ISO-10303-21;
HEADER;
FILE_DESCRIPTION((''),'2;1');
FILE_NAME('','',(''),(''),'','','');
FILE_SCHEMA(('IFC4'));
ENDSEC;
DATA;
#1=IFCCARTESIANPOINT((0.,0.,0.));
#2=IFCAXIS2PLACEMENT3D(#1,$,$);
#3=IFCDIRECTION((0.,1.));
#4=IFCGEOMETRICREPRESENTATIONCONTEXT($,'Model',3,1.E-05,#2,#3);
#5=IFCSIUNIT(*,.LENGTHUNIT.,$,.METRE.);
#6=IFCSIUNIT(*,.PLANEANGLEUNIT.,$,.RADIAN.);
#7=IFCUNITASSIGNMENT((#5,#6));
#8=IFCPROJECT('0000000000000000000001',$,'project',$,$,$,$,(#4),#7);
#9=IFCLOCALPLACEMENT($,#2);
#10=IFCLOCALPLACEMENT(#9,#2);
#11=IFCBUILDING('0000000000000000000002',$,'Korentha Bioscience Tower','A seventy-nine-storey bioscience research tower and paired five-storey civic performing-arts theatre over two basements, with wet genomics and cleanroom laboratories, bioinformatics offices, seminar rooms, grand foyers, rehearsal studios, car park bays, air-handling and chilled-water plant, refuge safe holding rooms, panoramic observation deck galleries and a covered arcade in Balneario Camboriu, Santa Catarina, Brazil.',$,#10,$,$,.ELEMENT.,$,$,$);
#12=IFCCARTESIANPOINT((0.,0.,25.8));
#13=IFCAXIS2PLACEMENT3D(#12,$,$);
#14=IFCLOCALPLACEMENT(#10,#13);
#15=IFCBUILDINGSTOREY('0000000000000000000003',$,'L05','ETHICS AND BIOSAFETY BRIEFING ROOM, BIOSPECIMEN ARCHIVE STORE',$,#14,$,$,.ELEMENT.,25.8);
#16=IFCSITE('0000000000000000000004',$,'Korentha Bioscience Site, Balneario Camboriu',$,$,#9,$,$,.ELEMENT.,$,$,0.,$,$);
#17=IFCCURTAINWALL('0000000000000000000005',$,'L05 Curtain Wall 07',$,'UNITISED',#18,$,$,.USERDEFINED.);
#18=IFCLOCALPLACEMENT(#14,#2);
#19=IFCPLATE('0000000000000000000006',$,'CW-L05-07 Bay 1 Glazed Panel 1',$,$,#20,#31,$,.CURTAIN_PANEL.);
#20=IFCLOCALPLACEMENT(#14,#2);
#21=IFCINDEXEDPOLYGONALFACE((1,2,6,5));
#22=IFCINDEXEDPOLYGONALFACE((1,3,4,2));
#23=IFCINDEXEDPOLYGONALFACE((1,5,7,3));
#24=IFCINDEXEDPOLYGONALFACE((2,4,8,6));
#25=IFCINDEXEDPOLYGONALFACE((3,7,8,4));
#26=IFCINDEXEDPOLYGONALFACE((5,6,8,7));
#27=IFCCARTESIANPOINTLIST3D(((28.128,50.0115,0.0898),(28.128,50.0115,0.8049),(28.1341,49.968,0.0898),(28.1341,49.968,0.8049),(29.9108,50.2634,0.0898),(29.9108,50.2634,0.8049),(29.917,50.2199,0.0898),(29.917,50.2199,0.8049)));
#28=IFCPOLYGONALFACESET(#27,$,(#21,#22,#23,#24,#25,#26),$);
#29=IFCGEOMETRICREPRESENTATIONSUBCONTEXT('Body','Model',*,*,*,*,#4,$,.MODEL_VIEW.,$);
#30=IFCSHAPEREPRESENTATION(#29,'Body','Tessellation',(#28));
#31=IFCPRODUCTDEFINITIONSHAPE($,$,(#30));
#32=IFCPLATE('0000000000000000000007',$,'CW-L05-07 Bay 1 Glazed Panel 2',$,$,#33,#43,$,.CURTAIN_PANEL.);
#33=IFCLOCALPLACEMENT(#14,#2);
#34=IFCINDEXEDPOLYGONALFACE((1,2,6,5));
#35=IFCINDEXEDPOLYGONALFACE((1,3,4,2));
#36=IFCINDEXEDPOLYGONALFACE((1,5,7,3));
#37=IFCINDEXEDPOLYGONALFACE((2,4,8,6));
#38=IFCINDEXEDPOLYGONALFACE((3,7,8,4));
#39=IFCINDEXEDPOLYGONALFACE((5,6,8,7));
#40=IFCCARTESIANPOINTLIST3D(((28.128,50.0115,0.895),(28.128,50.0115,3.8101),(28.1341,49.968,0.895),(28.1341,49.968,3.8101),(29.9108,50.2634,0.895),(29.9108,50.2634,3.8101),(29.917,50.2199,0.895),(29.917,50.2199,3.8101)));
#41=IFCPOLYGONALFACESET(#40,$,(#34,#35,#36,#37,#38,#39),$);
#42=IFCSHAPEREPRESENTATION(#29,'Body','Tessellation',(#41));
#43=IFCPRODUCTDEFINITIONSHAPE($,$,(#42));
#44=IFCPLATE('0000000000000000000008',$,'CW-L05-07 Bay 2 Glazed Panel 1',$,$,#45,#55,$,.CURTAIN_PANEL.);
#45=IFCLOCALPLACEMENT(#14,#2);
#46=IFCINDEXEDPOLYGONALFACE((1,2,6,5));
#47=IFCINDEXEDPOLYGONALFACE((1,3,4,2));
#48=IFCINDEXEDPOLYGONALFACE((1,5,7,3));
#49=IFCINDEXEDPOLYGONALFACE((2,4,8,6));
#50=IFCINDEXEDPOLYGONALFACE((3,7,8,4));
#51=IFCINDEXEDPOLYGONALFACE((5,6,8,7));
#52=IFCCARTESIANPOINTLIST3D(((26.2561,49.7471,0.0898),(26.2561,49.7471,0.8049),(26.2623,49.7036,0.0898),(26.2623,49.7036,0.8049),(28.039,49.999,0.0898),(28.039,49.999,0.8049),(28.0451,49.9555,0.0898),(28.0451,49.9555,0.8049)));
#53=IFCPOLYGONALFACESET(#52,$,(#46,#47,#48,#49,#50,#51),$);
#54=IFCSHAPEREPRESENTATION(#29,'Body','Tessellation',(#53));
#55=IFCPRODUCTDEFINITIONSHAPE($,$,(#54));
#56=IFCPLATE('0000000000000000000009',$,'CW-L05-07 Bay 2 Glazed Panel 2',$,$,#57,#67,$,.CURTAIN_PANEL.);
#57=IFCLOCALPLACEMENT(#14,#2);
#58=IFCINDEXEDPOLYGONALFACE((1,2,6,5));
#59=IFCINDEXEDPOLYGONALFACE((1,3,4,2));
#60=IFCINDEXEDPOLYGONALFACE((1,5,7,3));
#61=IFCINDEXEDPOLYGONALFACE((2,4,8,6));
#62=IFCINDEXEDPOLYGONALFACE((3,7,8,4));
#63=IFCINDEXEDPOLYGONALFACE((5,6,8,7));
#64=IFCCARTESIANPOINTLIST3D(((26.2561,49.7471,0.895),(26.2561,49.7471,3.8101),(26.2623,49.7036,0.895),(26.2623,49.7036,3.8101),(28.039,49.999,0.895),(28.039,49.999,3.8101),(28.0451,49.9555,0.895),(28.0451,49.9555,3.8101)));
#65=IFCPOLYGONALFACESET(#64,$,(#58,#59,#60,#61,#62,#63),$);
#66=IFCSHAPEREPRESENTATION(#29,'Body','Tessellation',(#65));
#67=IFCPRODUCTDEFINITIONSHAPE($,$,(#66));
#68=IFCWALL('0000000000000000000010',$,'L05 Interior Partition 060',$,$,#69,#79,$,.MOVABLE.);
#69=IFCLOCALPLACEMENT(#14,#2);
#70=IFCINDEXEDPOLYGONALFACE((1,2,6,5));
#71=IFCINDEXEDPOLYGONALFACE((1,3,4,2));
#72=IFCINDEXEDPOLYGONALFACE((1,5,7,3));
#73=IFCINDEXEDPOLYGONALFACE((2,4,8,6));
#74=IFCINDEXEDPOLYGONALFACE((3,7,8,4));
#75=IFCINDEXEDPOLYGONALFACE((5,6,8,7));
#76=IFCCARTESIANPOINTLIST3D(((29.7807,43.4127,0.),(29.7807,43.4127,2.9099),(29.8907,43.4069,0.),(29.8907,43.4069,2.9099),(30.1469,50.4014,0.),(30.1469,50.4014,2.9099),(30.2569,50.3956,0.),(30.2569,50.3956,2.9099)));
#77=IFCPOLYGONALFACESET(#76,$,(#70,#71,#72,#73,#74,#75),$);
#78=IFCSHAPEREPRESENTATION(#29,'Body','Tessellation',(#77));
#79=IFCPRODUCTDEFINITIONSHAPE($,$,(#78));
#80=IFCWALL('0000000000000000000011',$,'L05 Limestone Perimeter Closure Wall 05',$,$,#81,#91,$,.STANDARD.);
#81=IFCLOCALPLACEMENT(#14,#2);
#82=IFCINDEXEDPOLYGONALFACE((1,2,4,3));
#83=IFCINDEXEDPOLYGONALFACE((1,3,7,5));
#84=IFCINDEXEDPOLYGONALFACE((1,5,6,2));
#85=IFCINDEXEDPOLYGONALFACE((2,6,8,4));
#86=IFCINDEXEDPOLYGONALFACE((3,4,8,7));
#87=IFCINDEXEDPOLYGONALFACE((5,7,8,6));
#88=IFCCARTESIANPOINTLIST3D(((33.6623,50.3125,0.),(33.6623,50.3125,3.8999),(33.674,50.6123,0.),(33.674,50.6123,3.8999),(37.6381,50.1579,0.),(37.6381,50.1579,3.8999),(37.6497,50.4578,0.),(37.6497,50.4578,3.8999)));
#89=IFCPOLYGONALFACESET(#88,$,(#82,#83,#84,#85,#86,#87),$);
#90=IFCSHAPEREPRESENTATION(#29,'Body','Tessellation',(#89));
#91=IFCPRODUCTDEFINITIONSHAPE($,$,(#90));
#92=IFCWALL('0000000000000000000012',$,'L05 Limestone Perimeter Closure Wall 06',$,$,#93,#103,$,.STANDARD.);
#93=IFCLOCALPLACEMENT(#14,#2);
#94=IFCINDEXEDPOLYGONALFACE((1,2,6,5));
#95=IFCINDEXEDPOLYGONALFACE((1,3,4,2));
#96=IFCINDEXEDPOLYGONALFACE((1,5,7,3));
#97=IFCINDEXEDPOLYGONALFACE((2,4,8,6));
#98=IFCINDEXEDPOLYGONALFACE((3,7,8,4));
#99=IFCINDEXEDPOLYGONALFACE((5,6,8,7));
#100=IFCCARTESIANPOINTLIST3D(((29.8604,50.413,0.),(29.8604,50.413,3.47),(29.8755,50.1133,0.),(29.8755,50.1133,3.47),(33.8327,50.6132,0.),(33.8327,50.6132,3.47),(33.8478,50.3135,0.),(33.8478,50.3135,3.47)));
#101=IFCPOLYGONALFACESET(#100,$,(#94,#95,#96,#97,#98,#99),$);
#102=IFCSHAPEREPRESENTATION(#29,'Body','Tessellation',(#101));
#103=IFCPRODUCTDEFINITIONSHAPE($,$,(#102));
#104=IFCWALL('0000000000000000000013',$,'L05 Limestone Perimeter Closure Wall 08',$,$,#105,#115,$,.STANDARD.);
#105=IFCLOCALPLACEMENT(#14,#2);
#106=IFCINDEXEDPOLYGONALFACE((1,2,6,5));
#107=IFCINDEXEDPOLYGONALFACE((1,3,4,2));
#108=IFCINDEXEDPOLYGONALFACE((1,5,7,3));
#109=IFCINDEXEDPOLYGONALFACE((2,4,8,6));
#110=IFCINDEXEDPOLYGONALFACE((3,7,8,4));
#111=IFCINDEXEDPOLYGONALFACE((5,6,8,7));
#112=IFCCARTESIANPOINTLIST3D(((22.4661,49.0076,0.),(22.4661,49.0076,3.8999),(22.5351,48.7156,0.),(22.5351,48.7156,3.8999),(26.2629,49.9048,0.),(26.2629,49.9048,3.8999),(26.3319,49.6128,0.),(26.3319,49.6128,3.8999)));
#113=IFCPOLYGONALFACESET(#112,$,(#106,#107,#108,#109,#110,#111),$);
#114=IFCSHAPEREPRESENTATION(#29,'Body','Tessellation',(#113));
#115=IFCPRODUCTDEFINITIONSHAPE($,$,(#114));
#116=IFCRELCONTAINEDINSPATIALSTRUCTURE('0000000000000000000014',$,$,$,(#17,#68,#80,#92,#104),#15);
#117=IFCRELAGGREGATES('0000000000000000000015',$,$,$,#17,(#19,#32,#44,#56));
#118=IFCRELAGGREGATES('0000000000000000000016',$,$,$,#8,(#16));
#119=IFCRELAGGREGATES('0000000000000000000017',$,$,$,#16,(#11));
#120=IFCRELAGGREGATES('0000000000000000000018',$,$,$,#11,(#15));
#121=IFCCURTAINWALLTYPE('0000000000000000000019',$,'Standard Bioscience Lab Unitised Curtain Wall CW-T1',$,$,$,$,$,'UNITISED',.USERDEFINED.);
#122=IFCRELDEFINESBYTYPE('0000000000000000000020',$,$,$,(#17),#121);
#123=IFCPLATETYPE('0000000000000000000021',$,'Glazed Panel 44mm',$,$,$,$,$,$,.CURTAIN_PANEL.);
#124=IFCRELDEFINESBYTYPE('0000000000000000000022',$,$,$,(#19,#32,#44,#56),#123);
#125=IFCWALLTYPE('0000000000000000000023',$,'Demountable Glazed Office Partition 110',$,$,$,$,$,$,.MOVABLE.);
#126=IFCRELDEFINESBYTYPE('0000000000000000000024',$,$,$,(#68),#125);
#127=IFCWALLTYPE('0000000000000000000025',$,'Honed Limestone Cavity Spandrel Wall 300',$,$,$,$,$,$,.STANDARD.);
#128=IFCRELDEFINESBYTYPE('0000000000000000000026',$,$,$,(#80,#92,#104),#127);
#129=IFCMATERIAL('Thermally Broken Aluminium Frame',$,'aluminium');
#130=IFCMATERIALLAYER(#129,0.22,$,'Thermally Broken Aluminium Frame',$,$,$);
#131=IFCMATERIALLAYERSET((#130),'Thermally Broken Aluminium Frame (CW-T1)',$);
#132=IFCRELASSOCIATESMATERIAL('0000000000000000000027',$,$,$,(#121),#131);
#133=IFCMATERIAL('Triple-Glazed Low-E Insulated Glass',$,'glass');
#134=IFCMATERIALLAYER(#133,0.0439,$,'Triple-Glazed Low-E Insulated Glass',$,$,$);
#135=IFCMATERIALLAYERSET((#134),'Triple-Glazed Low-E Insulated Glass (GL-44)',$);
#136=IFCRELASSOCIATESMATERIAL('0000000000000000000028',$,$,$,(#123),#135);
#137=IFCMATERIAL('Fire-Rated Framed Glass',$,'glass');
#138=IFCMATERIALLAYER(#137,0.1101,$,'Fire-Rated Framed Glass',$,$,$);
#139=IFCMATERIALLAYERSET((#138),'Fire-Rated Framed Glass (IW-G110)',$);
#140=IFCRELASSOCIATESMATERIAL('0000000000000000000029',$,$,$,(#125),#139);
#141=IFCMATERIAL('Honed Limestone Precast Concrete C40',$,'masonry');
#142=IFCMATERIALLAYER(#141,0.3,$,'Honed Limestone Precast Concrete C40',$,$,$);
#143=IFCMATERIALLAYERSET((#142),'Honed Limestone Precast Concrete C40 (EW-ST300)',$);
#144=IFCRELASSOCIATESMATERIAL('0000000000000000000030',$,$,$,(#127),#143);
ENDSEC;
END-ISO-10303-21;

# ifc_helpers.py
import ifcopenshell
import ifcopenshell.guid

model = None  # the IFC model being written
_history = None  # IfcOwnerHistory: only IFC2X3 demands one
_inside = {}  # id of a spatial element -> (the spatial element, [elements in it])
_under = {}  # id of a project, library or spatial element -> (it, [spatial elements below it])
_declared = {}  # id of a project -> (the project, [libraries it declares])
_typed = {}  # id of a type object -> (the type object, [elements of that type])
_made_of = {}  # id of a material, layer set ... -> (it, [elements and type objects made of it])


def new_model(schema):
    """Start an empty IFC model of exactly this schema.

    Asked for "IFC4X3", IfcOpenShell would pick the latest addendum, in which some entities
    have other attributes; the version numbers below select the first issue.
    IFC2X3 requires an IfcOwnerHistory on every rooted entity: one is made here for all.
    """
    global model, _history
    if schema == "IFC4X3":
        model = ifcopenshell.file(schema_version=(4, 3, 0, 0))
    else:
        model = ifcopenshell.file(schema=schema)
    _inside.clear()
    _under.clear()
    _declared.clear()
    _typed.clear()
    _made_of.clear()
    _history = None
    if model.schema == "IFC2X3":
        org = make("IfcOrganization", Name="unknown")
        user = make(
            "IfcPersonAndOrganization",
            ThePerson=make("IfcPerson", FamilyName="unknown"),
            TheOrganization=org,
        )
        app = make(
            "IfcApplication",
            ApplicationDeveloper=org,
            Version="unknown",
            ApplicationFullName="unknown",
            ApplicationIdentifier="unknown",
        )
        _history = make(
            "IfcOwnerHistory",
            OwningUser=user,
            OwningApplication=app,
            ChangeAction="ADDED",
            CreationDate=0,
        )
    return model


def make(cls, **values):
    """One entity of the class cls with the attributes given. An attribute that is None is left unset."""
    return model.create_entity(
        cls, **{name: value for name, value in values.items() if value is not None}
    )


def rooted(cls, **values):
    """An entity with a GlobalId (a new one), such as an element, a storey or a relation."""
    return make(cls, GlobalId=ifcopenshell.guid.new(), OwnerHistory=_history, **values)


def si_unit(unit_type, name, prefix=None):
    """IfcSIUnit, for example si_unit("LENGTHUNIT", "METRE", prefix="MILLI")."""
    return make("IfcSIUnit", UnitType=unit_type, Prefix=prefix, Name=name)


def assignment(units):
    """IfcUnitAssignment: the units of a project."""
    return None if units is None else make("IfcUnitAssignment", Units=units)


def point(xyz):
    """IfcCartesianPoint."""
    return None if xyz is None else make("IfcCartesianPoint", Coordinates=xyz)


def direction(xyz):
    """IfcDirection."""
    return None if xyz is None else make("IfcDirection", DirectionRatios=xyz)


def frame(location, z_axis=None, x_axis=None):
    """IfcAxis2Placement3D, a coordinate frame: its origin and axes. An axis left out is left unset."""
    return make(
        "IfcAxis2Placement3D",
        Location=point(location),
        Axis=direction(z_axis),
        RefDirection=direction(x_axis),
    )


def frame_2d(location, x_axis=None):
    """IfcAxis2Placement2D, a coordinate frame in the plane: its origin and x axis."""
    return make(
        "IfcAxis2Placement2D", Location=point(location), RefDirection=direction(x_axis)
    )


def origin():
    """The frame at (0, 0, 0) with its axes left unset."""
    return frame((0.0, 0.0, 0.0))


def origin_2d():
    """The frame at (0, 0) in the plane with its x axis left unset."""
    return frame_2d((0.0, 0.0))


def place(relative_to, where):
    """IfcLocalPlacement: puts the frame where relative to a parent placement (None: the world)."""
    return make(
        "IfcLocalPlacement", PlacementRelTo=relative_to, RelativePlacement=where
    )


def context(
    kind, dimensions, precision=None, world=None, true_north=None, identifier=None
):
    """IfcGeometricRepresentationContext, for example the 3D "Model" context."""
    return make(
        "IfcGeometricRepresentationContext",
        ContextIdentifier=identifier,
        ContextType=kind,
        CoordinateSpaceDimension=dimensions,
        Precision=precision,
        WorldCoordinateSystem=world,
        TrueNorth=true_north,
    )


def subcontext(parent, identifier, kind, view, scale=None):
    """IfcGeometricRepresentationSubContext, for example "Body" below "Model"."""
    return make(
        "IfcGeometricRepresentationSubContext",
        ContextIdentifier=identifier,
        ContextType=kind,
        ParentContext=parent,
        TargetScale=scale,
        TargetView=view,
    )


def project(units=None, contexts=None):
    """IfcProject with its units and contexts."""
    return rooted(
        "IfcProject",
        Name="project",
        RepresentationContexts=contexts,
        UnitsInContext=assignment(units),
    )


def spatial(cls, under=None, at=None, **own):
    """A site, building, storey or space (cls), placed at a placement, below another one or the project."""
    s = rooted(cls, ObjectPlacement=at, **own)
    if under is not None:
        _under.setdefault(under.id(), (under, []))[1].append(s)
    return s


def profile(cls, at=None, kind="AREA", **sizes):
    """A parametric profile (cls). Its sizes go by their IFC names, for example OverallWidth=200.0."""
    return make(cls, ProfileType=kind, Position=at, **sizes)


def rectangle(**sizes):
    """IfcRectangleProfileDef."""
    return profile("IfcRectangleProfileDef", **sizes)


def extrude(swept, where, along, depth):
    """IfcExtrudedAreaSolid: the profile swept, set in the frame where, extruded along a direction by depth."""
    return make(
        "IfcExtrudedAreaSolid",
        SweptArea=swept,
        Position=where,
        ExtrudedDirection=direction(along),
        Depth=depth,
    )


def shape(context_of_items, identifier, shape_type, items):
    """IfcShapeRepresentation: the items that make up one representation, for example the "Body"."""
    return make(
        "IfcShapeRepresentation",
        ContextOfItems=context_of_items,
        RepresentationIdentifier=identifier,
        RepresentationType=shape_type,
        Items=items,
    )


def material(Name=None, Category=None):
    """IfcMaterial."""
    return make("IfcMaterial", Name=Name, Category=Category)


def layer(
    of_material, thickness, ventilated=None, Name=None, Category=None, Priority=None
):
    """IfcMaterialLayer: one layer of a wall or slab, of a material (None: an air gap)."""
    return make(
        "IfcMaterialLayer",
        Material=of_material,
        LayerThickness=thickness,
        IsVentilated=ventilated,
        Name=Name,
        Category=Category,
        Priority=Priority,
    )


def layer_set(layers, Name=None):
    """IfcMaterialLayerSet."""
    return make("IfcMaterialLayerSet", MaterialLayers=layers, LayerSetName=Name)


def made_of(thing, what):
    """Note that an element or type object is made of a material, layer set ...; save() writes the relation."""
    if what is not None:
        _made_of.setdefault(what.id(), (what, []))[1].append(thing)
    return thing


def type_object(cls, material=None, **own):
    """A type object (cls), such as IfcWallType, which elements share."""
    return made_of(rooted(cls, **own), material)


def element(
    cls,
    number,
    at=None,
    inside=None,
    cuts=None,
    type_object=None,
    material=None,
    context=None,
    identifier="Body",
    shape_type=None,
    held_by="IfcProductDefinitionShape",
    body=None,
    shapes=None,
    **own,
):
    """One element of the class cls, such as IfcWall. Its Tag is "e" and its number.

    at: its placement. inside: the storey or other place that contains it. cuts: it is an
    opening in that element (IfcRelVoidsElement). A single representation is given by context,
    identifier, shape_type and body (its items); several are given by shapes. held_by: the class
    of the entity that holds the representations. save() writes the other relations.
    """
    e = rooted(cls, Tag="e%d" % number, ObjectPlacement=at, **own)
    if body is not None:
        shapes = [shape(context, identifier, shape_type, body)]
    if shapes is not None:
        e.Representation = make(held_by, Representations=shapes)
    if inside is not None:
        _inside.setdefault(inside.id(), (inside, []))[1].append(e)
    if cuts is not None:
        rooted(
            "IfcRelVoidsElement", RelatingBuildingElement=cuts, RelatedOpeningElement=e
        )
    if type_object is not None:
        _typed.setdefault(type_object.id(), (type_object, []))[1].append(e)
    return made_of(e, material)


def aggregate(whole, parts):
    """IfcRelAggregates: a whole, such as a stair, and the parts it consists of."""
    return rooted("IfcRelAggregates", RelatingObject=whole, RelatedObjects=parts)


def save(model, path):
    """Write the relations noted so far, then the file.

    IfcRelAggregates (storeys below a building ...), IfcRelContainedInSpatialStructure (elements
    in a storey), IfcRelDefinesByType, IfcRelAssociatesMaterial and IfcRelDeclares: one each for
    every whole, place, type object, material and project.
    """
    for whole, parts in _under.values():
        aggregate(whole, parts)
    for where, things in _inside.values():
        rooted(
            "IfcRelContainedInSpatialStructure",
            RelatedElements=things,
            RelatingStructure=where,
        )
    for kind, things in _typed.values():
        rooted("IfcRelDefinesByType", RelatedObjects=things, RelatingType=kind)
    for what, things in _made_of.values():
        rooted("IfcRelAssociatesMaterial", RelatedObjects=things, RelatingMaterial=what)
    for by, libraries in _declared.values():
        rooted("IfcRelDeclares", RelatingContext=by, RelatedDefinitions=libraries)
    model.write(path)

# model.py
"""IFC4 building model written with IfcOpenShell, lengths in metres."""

from ifc_helpers import new_model, si_unit, direction, frame, frame_2d, origin, origin_2d, place, context, subcontext, project, spatial, rectangle, extrude, material, layer, layer_set, type_object, element, aggregate, save


model = new_model("IFC4")

# Units and contexts
model_context = context("Model", 3, precision=1e-05, world=origin(), true_north=direction((0.0, 1.0)))
body_context = subcontext(model_context, "Body", "Model", "MODEL_VIEW")
ifc_project = project(units=[si_unit("LENGTHUNIT", "METRE"), si_unit("PLANEANGLEUNIT", "RADIAN")], contexts=[model_context])

# Site, building, storey
site_placement = place(None, origin())
site = spatial("IfcSite", under=ifc_project, at=site_placement, Name="Korentha Bioscience Site, Balneario Camboriu", CompositionType="ELEMENT", RefElevation=0.0)
building_placement = place(site_placement, origin())
building = spatial("IfcBuilding", under=site, at=building_placement, Name="Korentha Bioscience Tower", Description="A seventy-nine-storey bioscience research tower and paired five-storey civic performing-arts theatre over two basements, with wet genomics and cleanroom laboratories, bioinformatics offices, seminar rooms, grand foyers, rehearsal studios, car park bays, air-handling and chilled-water plant, refuge safe holding rooms, panoramic observation deck galleries and a covered arcade in Balneario Camboriu, Santa Catarina, Brazil.", CompositionType="ELEMENT")
storey_placement = place(building_placement, frame((0.0, 0.0, 25.8)))
storey = spatial("IfcBuildingStorey", under=building, at=storey_placement, Name="L05", Description="ETHICS AND BIOSAFETY BRIEFING ROOM, BIOSPECIMEN ARCHIVE STORE", CompositionType="ELEMENT", Elevation=25.8)

# Curtain wall
ifc_material_1 = material(Name="Thermally Broken Aluminium Frame", Category="aluminium")
ifc_layer_1 = layer(ifc_material_1, 0.22, Name="Thermally Broken Aluminium Frame")
ifc_layer_set_1 = layer_set([ifc_layer_1], Name="Thermally Broken Aluminium Frame (CW-T1)")
curtain_wall_type = type_object("IfcCurtainWallType", Name="Standard Bioscience Lab Unitised Curtain Wall CW-T1", ElementType="UNITISED", PredefinedType="USERDEFINED", material=ifc_layer_set_1)
curtain_wall_placement = place(storey_placement, origin())
curtain_wall = element("IfcCurtainWall", 1, at=curtain_wall_placement, inside=storey, type_object=curtain_wall_type, Name="L05 Curtain Wall 07", ObjectType="UNITISED", PredefinedType="USERDEFINED")

# Plates
ifc_material_2 = material(Name="Triple-Glazed Low-E Insulated Glass", Category="glass")
ifc_layer_2 = layer(ifc_material_2, 0.0439, Name="Triple-Glazed Low-E Insulated Glass")
ifc_layer_set_2 = layer_set([ifc_layer_2], Name="Triple-Glazed Low-E Insulated Glass (GL-44)")
plate_type = type_object("IfcPlateType", Name="Glazed Panel 44mm", PredefinedType="CURTAIN_PANEL", material=ifc_layer_set_2)
plate_1_placement = place(storey_placement, frame((29.0225, 50.1157, 0.0898), z_axis=(0.0, 0.0, 1.0), x_axis=(-0.990167, -0.139888, 0.0)))
plate_1 = element("IfcPlate", 2, at=plate_1_placement, type_object=plate_type, Name="CW-L05-07 Bay 1 Glazed Panel 1", PredefinedType="CURTAIN_PANEL", context=body_context, shape_type="SweptSolid", body=[
    extrude(rectangle(XDim=1.8005, YDim=0.0439, at=origin_2d()), origin(), (0.0, 0.0, 1.0), 0.7151),
])
plate_2_placement = place(storey_placement, frame((29.0225, 50.1157, 0.895), z_axis=(0.0, 0.0, 1.0), x_axis=(-0.990167, -0.139888, 0.0)))
plate_2 = element("IfcPlate", 3, at=plate_2_placement, type_object=plate_type, Name="CW-L05-07 Bay 1 Glazed Panel 2", PredefinedType="CURTAIN_PANEL", context=body_context, shape_type="SweptSolid", body=[
    extrude(rectangle(XDim=1.8005, YDim=0.0439, at=origin_2d()), origin(), (0.0, 0.0, 1.0), 2.915),
])
plate_3_placement = place(storey_placement, frame((27.1506, 49.8513, 0.0898), z_axis=(0.0, 0.0, 1.0), x_axis=(-0.990167, -0.139888, 0.0)))
plate_3 = element("IfcPlate", 4, at=plate_3_placement, type_object=plate_type, Name="CW-L05-07 Bay 2 Glazed Panel 1", PredefinedType="CURTAIN_PANEL", context=body_context, shape_type="SweptSolid", body=[
    extrude(rectangle(XDim=1.8005, YDim=0.0439, at=origin_2d()), origin(), (0.0, 0.0, 1.0), 0.7151),
])
plate_4_placement = place(storey_placement, frame((27.1506, 49.8513, 0.895), z_axis=(0.0, 0.0, 1.0), x_axis=(-0.990167, -0.139888, 0.0)))
plate_4 = element("IfcPlate", 5, at=plate_4_placement, type_object=plate_type, Name="CW-L05-07 Bay 2 Glazed Panel 2", PredefinedType="CURTAIN_PANEL", context=body_context, shape_type="SweptSolid", body=[
    extrude(rectangle(XDim=1.8005, YDim=0.0439, at=origin_2d()), origin(), (0.0, 0.0, 1.0), 2.915),
])
aggregate(curtain_wall, [plate_1, plate_2, plate_3, plate_4])

# Walls
ifc_material_3 = material(Name="Fire-Rated Framed Glass", Category="glass")
ifc_layer_3 = layer(ifc_material_3, 0.1101, Name="Fire-Rated Framed Glass")
ifc_layer_set_3 = layer_set([ifc_layer_3], Name="Fire-Rated Framed Glass (IW-G110)")
wall_type_1 = type_object("IfcWallType", Name="Demountable Glazed Office Partition 110", PredefinedType="MOVABLE", material=ifc_layer_set_3)
wall_1_placement = place(storey_placement, frame((29.8357, 43.4099, 0.0), z_axis=(0.0, 0.0, 1.0), x_axis=(0.052328, 0.99863, 0.0)))
element("IfcWall", 6, at=wall_1_placement, inside=storey, type_object=wall_type_1, Name="L05 Interior Partition 060", PredefinedType="MOVABLE", context=body_context, shape_type="SweptSolid", body=[
    extrude(rectangle(XDim=6.9983, YDim=0.1101, at=frame_2d((3.499, 0.0))), origin(), (0.0, 0.0, 1.0), 2.9099),
])
ifc_material_4 = material(Name="Honed Limestone Precast Concrete C40", Category="masonry")
ifc_layer_4 = layer(ifc_material_4, 0.3, Name="Honed Limestone Precast Concrete C40")
ifc_layer_set_4 = layer_set([ifc_layer_4], Name="Honed Limestone Precast Concrete C40 (EW-ST300)")
wall_type_2 = type_object("IfcWallType", Name="Honed Limestone Cavity Spandrel Wall 300", PredefinedType="STANDARD", material=ifc_layer_set_4)
wall_2_placement = place(storey_placement, frame((37.6438, 50.3079, 0.0), z_axis=(0.0, 0.0, 1.0), x_axis=(-0.999245, 0.038841, 0.0)))
element("IfcWall", 7, at=wall_2_placement, inside=storey, type_object=wall_type_2, Name="L05 Limestone Perimeter Closure Wall 05", PredefinedType="STANDARD", context=body_context, shape_type="SweptSolid", body=[
    extrude(rectangle(XDim=3.9788, YDim=0.3, at=frame_2d((1.9893, 0.0))), origin(), (0.0, 0.0, 1.0), 3.8999),
])
wall_3_placement = place(storey_placement, frame((33.8403, 50.4634, 0.0), z_axis=(0.0, 0.0, 1.0), x_axis=(-0.998732, -0.050336, 0.0)))
element("IfcWall", 8, at=wall_3_placement, inside=storey, type_object=wall_type_2, Name="L05 Limestone Perimeter Closure Wall 06", PredefinedType="STANDARD", context=body_context, shape_type="SweptSolid", body=[
    extrude(rectangle(XDim=3.9773, YDim=0.3, at=frame_2d((1.9888, 0.0))), origin(), (0.0, 0.0, 1.0), 3.47),
])
wall_4_placement = place(storey_placement, frame((26.2974, 49.7588, 0.0), z_axis=(0.0, 0.0, 1.0), x_axis=(-0.973198, -0.22997, 0.0)))
element("IfcWall", 9, at=wall_4_placement, inside=storey, type_object=wall_type_2, Name="L05 Limestone Perimeter Closure Wall 08", PredefinedType="STANDARD", context=body_context, shape_type="SweptSolid", body=[
    extrude(rectangle(XDim=3.9014, YDim=0.3, at=frame_2d((1.9507, 0.0))), origin(), (0.0, 0.0, 1.0), 3.8999),
])

save(model, "model.ifc")
